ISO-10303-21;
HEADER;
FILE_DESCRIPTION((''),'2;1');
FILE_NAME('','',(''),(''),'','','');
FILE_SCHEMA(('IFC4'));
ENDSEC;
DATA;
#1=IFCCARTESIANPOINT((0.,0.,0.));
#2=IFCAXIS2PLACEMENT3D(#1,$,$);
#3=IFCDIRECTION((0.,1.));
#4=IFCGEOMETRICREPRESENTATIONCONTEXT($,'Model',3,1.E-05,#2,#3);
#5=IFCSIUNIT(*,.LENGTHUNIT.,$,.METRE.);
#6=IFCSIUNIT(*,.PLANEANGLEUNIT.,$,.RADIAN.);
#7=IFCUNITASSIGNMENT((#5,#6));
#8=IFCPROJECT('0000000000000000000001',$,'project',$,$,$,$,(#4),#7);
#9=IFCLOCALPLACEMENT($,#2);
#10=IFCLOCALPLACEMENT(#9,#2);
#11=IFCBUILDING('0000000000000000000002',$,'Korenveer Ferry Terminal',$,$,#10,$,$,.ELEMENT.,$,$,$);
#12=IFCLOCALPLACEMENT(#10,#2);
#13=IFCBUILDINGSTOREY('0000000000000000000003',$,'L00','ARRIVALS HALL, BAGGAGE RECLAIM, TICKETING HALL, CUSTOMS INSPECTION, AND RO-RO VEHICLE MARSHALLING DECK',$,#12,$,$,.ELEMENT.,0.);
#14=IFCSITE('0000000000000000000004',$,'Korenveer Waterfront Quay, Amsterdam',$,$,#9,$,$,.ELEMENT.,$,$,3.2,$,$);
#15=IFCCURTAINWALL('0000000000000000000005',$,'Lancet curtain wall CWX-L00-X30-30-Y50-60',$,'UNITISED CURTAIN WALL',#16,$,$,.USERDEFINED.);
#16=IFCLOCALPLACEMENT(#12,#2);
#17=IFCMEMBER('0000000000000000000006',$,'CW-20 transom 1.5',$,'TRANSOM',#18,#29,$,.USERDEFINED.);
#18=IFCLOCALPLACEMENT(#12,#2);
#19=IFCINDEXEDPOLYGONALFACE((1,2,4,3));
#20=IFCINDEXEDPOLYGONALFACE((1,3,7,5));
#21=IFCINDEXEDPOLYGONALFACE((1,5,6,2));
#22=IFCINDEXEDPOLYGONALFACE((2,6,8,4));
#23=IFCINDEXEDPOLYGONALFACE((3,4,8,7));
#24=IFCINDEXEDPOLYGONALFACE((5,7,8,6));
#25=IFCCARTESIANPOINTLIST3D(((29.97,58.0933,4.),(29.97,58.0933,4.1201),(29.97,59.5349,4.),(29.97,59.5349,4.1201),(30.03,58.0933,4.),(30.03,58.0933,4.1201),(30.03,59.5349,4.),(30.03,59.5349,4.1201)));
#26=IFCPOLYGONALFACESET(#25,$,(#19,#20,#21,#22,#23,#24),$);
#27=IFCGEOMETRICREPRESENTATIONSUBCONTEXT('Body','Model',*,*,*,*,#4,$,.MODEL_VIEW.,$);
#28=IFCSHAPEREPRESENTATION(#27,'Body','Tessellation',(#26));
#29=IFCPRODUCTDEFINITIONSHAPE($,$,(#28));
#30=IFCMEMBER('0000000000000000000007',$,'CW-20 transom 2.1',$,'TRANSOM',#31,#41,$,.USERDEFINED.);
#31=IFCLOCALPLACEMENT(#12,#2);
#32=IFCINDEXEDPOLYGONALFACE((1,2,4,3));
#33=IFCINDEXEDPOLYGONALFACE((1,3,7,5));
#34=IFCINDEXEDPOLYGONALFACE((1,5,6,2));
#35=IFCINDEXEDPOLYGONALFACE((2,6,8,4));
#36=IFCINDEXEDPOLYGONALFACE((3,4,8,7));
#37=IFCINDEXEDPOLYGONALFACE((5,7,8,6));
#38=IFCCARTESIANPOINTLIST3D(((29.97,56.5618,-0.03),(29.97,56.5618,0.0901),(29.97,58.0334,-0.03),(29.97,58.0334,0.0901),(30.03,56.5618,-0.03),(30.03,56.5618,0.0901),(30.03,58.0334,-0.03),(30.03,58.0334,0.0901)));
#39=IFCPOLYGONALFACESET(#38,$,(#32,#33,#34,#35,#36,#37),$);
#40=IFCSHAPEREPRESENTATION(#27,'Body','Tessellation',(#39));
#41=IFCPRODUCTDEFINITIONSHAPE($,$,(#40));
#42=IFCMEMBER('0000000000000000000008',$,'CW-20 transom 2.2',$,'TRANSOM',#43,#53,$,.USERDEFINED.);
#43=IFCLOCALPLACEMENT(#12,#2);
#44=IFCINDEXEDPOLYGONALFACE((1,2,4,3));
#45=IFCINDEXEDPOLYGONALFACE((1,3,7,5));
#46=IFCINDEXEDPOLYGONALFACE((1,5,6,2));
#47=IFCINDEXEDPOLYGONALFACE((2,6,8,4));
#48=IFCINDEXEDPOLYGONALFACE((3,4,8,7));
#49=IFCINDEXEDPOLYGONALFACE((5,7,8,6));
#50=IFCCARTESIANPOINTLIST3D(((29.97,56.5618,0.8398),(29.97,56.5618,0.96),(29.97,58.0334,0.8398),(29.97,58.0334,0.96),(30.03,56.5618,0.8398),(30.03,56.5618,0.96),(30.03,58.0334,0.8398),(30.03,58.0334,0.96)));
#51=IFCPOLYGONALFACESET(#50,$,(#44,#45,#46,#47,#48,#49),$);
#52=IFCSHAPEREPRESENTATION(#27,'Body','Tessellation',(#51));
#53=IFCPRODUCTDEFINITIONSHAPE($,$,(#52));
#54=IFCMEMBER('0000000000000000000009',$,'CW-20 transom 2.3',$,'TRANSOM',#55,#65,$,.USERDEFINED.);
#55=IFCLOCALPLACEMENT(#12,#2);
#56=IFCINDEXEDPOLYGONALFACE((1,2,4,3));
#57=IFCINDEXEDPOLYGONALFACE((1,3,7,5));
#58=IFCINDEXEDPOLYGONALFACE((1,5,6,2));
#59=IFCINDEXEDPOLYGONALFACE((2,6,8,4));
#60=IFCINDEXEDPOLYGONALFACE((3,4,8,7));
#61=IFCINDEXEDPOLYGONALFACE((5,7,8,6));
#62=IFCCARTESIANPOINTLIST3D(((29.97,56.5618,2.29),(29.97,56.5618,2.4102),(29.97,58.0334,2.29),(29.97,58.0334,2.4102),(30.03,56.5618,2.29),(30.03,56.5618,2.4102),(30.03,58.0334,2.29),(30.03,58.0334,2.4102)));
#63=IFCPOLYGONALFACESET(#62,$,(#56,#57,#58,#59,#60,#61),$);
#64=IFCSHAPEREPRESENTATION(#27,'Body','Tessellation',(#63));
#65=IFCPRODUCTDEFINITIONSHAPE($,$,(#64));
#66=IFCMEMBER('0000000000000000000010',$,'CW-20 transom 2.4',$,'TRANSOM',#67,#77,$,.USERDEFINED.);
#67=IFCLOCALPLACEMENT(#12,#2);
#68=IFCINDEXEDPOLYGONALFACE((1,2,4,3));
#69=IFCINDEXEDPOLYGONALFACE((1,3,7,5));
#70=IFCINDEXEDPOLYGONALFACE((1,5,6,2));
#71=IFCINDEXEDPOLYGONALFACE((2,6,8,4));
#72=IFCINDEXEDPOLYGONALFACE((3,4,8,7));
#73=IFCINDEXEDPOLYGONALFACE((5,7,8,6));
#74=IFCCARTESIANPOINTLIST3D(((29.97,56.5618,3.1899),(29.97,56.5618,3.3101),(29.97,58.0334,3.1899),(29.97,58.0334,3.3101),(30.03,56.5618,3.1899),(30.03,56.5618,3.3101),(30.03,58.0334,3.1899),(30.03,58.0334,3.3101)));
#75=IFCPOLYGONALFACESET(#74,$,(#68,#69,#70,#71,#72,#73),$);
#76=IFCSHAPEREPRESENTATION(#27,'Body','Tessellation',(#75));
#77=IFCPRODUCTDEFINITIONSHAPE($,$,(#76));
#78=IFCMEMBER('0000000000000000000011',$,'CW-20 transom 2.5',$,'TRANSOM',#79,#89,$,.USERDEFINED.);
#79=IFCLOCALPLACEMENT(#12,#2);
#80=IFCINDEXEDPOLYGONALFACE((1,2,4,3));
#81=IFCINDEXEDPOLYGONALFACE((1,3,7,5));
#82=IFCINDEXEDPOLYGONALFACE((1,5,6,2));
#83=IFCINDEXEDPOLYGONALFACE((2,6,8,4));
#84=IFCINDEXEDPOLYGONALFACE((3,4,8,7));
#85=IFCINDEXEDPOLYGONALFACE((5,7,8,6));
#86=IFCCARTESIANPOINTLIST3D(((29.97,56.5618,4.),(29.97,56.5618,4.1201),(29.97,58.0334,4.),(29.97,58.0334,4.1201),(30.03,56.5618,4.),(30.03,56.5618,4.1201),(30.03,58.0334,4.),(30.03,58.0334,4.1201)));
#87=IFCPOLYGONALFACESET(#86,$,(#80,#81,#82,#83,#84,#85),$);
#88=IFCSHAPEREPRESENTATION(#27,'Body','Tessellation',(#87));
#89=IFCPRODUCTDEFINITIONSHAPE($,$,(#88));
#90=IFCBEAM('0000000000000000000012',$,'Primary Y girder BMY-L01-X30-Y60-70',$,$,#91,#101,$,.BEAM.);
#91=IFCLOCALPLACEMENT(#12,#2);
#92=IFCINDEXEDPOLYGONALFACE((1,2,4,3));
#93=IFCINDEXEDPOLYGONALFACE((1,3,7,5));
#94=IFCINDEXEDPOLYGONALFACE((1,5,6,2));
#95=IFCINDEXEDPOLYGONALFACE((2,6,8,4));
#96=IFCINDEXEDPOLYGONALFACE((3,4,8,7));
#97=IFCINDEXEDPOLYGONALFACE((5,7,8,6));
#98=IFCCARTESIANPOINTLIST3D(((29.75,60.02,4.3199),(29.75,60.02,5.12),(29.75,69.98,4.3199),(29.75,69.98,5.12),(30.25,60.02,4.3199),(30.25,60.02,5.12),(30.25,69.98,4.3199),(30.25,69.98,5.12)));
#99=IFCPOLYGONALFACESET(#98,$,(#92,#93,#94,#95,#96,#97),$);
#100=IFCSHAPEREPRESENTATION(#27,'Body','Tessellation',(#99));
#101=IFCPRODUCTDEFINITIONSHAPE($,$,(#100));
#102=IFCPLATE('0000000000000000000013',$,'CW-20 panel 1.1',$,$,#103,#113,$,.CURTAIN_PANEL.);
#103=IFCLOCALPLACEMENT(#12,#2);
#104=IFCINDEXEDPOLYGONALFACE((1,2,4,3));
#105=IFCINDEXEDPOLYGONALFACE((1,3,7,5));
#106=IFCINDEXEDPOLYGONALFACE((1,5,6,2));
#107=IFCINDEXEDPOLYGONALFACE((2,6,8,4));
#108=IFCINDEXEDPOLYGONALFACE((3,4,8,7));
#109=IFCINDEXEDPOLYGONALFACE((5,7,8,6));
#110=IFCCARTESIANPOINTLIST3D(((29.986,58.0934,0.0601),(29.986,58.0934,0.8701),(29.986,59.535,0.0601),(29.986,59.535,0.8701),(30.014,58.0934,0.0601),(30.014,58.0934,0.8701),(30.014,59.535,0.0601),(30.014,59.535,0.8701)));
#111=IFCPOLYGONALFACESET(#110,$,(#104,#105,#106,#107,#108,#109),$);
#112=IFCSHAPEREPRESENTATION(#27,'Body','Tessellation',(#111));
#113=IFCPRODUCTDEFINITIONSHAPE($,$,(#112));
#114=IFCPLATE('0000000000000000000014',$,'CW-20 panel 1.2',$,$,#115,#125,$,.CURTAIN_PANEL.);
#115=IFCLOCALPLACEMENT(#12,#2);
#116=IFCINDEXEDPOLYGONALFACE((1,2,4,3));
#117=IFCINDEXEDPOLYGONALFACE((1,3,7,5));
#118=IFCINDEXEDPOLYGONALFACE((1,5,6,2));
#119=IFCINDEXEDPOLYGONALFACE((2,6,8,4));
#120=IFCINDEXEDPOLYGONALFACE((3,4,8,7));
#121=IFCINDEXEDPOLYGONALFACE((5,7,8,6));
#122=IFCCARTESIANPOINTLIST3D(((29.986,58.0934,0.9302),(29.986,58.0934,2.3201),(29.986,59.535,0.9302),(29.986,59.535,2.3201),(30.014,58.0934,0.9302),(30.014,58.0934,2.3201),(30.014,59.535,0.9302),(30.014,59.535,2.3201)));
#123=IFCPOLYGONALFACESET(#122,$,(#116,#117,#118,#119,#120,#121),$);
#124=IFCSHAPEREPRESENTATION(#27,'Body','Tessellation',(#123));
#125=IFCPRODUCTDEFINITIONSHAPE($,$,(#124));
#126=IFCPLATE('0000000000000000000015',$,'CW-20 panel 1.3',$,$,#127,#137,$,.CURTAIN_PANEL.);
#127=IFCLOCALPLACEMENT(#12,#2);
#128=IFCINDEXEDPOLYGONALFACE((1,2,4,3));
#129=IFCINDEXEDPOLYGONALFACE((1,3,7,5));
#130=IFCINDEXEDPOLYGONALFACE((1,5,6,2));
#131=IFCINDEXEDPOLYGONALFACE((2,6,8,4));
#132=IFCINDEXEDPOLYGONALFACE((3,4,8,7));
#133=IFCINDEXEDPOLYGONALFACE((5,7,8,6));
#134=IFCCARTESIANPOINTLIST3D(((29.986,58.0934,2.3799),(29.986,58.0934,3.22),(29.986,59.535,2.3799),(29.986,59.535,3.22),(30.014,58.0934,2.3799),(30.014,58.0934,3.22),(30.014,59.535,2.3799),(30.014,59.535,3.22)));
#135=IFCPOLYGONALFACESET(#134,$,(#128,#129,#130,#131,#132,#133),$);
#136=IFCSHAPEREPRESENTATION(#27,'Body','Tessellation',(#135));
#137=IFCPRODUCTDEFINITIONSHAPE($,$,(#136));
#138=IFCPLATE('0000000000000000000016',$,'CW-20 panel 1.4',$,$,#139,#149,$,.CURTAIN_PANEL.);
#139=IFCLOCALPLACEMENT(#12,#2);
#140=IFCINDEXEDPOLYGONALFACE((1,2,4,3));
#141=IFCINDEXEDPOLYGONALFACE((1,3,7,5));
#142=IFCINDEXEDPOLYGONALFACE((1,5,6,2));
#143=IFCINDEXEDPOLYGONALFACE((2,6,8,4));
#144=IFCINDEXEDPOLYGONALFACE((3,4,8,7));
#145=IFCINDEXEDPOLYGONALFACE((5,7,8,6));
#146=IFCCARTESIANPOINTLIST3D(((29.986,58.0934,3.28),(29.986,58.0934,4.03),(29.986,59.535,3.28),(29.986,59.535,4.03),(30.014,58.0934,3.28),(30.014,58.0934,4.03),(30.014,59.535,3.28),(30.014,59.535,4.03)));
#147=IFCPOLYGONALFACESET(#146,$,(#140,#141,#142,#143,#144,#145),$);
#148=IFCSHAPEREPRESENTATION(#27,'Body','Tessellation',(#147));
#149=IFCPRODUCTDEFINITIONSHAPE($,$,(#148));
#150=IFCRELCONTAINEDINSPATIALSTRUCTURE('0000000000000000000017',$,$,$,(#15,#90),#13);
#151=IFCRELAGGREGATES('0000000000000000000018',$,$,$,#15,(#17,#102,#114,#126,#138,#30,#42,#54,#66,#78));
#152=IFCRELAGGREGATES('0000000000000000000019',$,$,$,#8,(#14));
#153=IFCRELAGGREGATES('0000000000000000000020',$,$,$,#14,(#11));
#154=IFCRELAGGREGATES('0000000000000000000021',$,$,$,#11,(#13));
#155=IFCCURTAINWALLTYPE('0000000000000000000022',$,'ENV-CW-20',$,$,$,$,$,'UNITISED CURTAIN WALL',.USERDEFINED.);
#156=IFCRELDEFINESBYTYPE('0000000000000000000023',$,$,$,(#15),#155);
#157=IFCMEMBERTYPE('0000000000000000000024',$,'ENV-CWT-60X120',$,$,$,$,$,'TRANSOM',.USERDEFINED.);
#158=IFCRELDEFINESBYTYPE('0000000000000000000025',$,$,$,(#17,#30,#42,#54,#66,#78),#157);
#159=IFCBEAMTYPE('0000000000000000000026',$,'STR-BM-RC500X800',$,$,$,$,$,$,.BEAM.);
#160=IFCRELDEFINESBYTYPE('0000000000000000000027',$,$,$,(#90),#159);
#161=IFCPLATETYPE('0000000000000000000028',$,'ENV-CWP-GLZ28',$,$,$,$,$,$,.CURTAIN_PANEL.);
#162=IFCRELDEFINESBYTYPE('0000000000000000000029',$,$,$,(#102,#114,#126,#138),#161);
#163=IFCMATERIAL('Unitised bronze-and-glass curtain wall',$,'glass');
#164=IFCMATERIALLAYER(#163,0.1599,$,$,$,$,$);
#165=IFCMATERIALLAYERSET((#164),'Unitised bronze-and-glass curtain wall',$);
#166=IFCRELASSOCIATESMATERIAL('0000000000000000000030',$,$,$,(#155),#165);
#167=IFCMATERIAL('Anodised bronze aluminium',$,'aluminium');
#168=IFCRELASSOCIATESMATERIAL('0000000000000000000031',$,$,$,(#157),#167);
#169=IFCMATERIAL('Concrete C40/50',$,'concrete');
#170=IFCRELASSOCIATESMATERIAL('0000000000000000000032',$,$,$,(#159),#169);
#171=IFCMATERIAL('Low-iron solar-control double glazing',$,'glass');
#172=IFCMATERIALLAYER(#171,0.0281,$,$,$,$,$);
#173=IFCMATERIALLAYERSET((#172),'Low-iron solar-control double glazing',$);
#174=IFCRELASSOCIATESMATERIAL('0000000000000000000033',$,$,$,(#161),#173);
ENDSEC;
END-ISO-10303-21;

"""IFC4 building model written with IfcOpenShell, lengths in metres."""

from ifc_helpers import new_model, si_unit, direction, frame, origin, origin_2d, place, context, subcontext, project, spatial, rectangle, extrude, material, layer, layer_set, material_profile, profile_set, type_object, element, aggregate, save


model = new_model("IFC4")

# Units and contexts
model_context = context("Model", 3, precision=1e-05, world=origin(), true_north=direction((0.0, 1.0)))
body_context = subcontext(model_context, "Body", "Model", "MODEL_VIEW")
ifc_project = project(units=[si_unit("LENGTHUNIT", "METRE"), si_unit("PLANEANGLEUNIT", "RADIAN")], contexts=[model_context])

# Site, building, storey
site_placement = place(None, origin())
site = spatial("IfcSite", under=ifc_project, at=site_placement, Name="Korenveer Waterfront Quay, Amsterdam", CompositionType="ELEMENT", RefElevation=3.2)
building_placement = place(site_placement, origin())
building = spatial("IfcBuilding", under=site, at=building_placement, Name="Korenveer Ferry Terminal", CompositionType="ELEMENT")
storey_placement = place(building_placement, origin())
storey = spatial("IfcBuildingStorey", under=building, at=storey_placement, Name="L00", Description="ARRIVALS HALL, BAGGAGE RECLAIM, TICKETING HALL, CUSTOMS INSPECTION, AND RO-RO VEHICLE MARSHALLING DECK", CompositionType="ELEMENT", Elevation=0.0)

# Shared definitions
ifc_material_1 = material(Name="Concrete C40/50", Category="concrete")

# Curtain wall, members
ifc_material_2 = material(Name="Unitised bronze-and-glass curtain wall", Category="glass")
ifc_layer_1 = layer(ifc_material_2, 0.1599)
ifc_layer_set_1 = layer_set([ifc_layer_1], Name="Unitised bronze-and-glass curtain wall")
curtain_wall_type = type_object("IfcCurtainWallType", Name="ENV-CW-20", ElementType="UNITISED CURTAIN WALL", PredefinedType="USERDEFINED", material=ifc_layer_set_1)
curtain_wall_placement = place(storey_placement, frame((30.0, 59.595, 0.0)))
curtain_wall = element("IfcCurtainWall", 1, at=curtain_wall_placement, inside=storey, type_object=curtain_wall_type, Name="Lancet curtain wall CWX-L00-X30-30-Y50-60", ObjectType="UNITISED CURTAIN WALL", PredefinedType="USERDEFINED")
ifc_material_3 = material(Name="Anodised bronze aluminium", Category="aluminium")
ifc_material_profile_1 = material_profile(ifc_material_3, rectangle(XDim=0.0601, YDim=0.1201, at=origin_2d()), Name="ALU 60x120")
ifc_profile_set_1 = profile_set([ifc_material_profile_1], Name="Anodised bronze aluminium")
member_type_1 = type_object("IfcMemberType", Name="ENV-CWT-60X120", ElementType="TRANSOM", PredefinedType="USERDEFINED", material=ifc_profile_set_1)
member_1_placement = place(storey_placement, frame((30.0, 59.5349, 4.0601), z_axis=(0.0, -1.0, 0.0), x_axis=(1.0, 0.0, 0.0)))
member_1 = element("IfcMember", 2, at=member_1_placement, type_object=member_type_1, Name="CW-20 transom 1.5", ObjectType="TRANSOM", PredefinedType="USERDEFINED", context=body_context, shape_type="SweptSolid", body=[
    extrude(rectangle(XDim=0.0601, YDim=0.1201, at=origin_2d()), origin(), (0.0, 0.0, 1.0), 1.4417),
])
member_2_placement = place(storey_placement, frame((30.0, 58.0334, 0.03), z_axis=(0.0, -1.0, 0.0), x_axis=(1.0, 0.0, 0.0)))
member_2 = element("IfcMember", 3, at=member_2_placement, type_object=member_type_1, Name="CW-20 transom 2.1", ObjectType="TRANSOM", PredefinedType="USERDEFINED", context=body_context, shape_type="SweptSolid", body=[
    extrude(rectangle(XDim=0.0601, YDim=0.1201, at=origin_2d()), origin(), (0.0, 0.0, 1.0), 1.4717),
])
member_3_placement = place(storey_placement, frame((30.0, 58.0334, 0.8999), z_axis=(0.0, -1.0, 0.0), x_axis=(1.0, 0.0, 0.0)))
member_3 = element("IfcMember", 4, at=member_3_placement, type_object=member_type_1, Name="CW-20 transom 2.2", ObjectType="TRANSOM", PredefinedType="USERDEFINED", context=body_context, shape_type="SweptSolid", body=[
    extrude(rectangle(XDim=0.0601, YDim=0.1201, at=origin_2d()), origin(), (0.0, 0.0, 1.0), 1.4717),
])
member_4_placement = place(storey_placement, frame((30.0, 58.0334, 2.3501), z_axis=(0.0, -1.0, 0.0), x_axis=(1.0, 0.0, 0.0)))
member_4 = element("IfcMember", 5, at=member_4_placement, type_object=member_type_1, Name="CW-20 transom 2.3", ObjectType="TRANSOM", PredefinedType="USERDEFINED", context=body_context, shape_type="SweptSolid", body=[
    extrude(rectangle(XDim=0.0601, YDim=0.1201, at=origin_2d()), origin(), (0.0, 0.0, 1.0), 1.4717),
])
member_5_placement = place(storey_placement, frame((30.0, 58.0334, 3.25), z_axis=(0.0, -1.0, 0.0), x_axis=(1.0, 0.0, 0.0)))
member_5 = element("IfcMember", 6, at=member_5_placement, type_object=member_type_1, Name="CW-20 transom 2.4", ObjectType="TRANSOM", PredefinedType="USERDEFINED", context=body_context, shape_type="SweptSolid", body=[
    extrude(rectangle(XDim=0.0601, YDim=0.1201, at=origin_2d()), origin(), (0.0, 0.0, 1.0), 1.4717),
])
member_6_placement = place(storey_placement, frame((30.0, 58.0334, 4.0601), z_axis=(0.0, -1.0, 0.0), x_axis=(1.0, 0.0, 0.0)))
member_6 = element("IfcMember", 7, at=member_6_placement, type_object=member_type_1, Name="CW-20 transom 2.5", ObjectType="TRANSOM", PredefinedType="USERDEFINED", context=body_context, shape_type="SweptSolid", body=[
    extrude(rectangle(XDim=0.0601, YDim=0.1201, at=origin_2d()), origin(), (0.0, 0.0, 1.0), 1.4717),
])

# Beam
ifc_material_profile_2 = material_profile(ifc_material_1, rectangle(XDim=0.5, YDim=0.8, at=origin_2d()), Name="RC 500x800")
ifc_profile_set_2 = profile_set([ifc_material_profile_2], Name="Concrete C40/50")
beam_type = type_object("IfcBeamType", Name="STR-BM-RC500X800", PredefinedType="BEAM", material=ifc_profile_set_2)
beam_placement = place(storey_placement, frame((30.0, 60.02, 4.72), z_axis=(0.0, 1.0, 0.0), x_axis=(-1.0, 0.0, 0.0)))
element("IfcBeam", 8, at=beam_placement, inside=storey, type_object=beam_type, Name="Primary Y girder BMY-L01-X30-Y60-70", PredefinedType="BEAM", context=body_context, shape_type="SweptSolid", body=[
    extrude(rectangle(XDim=0.5, YDim=0.8, at=origin_2d()), origin(), (0.0, 0.0, 1.0), 9.96),
])

# Plates
ifc_material_4 = material(Name="Low-iron solar-control double glazing", Category="glass")
ifc_layer_2 = layer(ifc_material_4, 0.0281)
ifc_layer_set_2 = layer_set([ifc_layer_2], Name="Low-iron solar-control double glazing")
plate_type = type_object("IfcPlateType", Name="ENV-CWP-GLZ28", PredefinedType="CURTAIN_PANEL", material=ifc_layer_set_2)
plate_1_placement = place(storey_placement, frame((30.0, 58.8142, 0.0601), z_axis=(0.0, 0.0, 1.0), x_axis=(0.0, -1.0, 0.0)))
plate_1 = element("IfcPlate", 9, at=plate_1_placement, type_object=plate_type, Name="CW-20 panel 1.1", PredefinedType="CURTAIN_PANEL", context=body_context, shape_type="SweptSolid", body=[
    extrude(rectangle(XDim=1.4417, YDim=0.0281, at=origin_2d()), origin(), (0.0, 0.0, 1.0), 0.8101),
])
plate_2_placement = place(storey_placement, frame((30.0, 58.8142, 0.9302), z_axis=(0.0, 0.0, 1.0), x_axis=(0.0, -1.0, 0.0)))
plate_2 = element("IfcPlate", 10, at=plate_2_placement, type_object=plate_type, Name="CW-20 panel 1.2", PredefinedType="CURTAIN_PANEL", context=body_context, shape_type="SweptSolid", body=[
    extrude(rectangle(XDim=1.4417, YDim=0.0281, at=origin_2d()), origin(), (0.0, 0.0, 1.0), 1.3899),
])
plate_3_placement = place(storey_placement, frame((30.0, 58.8142, 2.3799), z_axis=(0.0, 0.0, 1.0), x_axis=(0.0, -1.0, 0.0)))
plate_3 = element("IfcPlate", 11, at=plate_3_placement, type_object=plate_type, Name="CW-20 panel 1.3", PredefinedType="CURTAIN_PANEL", context=body_context, shape_type="SweptSolid", body=[
    extrude(rectangle(XDim=1.4417, YDim=0.0281, at=origin_2d()), origin(), (0.0, 0.0, 1.0), 0.8401),
])
plate_4_placement = place(storey_placement, frame((30.0, 58.8142, 3.28), z_axis=(0.0, 0.0, 1.0), x_axis=(0.0, -1.0, 0.0)))
plate_4 = element("IfcPlate", 12, at=plate_4_placement, type_object=plate_type, Name="CW-20 panel 1.4", PredefinedType="CURTAIN_PANEL", context=body_context, shape_type="SweptSolid", body=[
    extrude(rectangle(XDim=1.4417, YDim=0.0281, at=origin_2d()), origin(), (0.0, 0.0, 1.0), 0.75),
])
aggregate(curtain_wall, [member_1, plate_1, plate_2, plate_3, plate_4, member_2, member_3, member_4, member_5, member_6])

save(model, "model.ifc")
